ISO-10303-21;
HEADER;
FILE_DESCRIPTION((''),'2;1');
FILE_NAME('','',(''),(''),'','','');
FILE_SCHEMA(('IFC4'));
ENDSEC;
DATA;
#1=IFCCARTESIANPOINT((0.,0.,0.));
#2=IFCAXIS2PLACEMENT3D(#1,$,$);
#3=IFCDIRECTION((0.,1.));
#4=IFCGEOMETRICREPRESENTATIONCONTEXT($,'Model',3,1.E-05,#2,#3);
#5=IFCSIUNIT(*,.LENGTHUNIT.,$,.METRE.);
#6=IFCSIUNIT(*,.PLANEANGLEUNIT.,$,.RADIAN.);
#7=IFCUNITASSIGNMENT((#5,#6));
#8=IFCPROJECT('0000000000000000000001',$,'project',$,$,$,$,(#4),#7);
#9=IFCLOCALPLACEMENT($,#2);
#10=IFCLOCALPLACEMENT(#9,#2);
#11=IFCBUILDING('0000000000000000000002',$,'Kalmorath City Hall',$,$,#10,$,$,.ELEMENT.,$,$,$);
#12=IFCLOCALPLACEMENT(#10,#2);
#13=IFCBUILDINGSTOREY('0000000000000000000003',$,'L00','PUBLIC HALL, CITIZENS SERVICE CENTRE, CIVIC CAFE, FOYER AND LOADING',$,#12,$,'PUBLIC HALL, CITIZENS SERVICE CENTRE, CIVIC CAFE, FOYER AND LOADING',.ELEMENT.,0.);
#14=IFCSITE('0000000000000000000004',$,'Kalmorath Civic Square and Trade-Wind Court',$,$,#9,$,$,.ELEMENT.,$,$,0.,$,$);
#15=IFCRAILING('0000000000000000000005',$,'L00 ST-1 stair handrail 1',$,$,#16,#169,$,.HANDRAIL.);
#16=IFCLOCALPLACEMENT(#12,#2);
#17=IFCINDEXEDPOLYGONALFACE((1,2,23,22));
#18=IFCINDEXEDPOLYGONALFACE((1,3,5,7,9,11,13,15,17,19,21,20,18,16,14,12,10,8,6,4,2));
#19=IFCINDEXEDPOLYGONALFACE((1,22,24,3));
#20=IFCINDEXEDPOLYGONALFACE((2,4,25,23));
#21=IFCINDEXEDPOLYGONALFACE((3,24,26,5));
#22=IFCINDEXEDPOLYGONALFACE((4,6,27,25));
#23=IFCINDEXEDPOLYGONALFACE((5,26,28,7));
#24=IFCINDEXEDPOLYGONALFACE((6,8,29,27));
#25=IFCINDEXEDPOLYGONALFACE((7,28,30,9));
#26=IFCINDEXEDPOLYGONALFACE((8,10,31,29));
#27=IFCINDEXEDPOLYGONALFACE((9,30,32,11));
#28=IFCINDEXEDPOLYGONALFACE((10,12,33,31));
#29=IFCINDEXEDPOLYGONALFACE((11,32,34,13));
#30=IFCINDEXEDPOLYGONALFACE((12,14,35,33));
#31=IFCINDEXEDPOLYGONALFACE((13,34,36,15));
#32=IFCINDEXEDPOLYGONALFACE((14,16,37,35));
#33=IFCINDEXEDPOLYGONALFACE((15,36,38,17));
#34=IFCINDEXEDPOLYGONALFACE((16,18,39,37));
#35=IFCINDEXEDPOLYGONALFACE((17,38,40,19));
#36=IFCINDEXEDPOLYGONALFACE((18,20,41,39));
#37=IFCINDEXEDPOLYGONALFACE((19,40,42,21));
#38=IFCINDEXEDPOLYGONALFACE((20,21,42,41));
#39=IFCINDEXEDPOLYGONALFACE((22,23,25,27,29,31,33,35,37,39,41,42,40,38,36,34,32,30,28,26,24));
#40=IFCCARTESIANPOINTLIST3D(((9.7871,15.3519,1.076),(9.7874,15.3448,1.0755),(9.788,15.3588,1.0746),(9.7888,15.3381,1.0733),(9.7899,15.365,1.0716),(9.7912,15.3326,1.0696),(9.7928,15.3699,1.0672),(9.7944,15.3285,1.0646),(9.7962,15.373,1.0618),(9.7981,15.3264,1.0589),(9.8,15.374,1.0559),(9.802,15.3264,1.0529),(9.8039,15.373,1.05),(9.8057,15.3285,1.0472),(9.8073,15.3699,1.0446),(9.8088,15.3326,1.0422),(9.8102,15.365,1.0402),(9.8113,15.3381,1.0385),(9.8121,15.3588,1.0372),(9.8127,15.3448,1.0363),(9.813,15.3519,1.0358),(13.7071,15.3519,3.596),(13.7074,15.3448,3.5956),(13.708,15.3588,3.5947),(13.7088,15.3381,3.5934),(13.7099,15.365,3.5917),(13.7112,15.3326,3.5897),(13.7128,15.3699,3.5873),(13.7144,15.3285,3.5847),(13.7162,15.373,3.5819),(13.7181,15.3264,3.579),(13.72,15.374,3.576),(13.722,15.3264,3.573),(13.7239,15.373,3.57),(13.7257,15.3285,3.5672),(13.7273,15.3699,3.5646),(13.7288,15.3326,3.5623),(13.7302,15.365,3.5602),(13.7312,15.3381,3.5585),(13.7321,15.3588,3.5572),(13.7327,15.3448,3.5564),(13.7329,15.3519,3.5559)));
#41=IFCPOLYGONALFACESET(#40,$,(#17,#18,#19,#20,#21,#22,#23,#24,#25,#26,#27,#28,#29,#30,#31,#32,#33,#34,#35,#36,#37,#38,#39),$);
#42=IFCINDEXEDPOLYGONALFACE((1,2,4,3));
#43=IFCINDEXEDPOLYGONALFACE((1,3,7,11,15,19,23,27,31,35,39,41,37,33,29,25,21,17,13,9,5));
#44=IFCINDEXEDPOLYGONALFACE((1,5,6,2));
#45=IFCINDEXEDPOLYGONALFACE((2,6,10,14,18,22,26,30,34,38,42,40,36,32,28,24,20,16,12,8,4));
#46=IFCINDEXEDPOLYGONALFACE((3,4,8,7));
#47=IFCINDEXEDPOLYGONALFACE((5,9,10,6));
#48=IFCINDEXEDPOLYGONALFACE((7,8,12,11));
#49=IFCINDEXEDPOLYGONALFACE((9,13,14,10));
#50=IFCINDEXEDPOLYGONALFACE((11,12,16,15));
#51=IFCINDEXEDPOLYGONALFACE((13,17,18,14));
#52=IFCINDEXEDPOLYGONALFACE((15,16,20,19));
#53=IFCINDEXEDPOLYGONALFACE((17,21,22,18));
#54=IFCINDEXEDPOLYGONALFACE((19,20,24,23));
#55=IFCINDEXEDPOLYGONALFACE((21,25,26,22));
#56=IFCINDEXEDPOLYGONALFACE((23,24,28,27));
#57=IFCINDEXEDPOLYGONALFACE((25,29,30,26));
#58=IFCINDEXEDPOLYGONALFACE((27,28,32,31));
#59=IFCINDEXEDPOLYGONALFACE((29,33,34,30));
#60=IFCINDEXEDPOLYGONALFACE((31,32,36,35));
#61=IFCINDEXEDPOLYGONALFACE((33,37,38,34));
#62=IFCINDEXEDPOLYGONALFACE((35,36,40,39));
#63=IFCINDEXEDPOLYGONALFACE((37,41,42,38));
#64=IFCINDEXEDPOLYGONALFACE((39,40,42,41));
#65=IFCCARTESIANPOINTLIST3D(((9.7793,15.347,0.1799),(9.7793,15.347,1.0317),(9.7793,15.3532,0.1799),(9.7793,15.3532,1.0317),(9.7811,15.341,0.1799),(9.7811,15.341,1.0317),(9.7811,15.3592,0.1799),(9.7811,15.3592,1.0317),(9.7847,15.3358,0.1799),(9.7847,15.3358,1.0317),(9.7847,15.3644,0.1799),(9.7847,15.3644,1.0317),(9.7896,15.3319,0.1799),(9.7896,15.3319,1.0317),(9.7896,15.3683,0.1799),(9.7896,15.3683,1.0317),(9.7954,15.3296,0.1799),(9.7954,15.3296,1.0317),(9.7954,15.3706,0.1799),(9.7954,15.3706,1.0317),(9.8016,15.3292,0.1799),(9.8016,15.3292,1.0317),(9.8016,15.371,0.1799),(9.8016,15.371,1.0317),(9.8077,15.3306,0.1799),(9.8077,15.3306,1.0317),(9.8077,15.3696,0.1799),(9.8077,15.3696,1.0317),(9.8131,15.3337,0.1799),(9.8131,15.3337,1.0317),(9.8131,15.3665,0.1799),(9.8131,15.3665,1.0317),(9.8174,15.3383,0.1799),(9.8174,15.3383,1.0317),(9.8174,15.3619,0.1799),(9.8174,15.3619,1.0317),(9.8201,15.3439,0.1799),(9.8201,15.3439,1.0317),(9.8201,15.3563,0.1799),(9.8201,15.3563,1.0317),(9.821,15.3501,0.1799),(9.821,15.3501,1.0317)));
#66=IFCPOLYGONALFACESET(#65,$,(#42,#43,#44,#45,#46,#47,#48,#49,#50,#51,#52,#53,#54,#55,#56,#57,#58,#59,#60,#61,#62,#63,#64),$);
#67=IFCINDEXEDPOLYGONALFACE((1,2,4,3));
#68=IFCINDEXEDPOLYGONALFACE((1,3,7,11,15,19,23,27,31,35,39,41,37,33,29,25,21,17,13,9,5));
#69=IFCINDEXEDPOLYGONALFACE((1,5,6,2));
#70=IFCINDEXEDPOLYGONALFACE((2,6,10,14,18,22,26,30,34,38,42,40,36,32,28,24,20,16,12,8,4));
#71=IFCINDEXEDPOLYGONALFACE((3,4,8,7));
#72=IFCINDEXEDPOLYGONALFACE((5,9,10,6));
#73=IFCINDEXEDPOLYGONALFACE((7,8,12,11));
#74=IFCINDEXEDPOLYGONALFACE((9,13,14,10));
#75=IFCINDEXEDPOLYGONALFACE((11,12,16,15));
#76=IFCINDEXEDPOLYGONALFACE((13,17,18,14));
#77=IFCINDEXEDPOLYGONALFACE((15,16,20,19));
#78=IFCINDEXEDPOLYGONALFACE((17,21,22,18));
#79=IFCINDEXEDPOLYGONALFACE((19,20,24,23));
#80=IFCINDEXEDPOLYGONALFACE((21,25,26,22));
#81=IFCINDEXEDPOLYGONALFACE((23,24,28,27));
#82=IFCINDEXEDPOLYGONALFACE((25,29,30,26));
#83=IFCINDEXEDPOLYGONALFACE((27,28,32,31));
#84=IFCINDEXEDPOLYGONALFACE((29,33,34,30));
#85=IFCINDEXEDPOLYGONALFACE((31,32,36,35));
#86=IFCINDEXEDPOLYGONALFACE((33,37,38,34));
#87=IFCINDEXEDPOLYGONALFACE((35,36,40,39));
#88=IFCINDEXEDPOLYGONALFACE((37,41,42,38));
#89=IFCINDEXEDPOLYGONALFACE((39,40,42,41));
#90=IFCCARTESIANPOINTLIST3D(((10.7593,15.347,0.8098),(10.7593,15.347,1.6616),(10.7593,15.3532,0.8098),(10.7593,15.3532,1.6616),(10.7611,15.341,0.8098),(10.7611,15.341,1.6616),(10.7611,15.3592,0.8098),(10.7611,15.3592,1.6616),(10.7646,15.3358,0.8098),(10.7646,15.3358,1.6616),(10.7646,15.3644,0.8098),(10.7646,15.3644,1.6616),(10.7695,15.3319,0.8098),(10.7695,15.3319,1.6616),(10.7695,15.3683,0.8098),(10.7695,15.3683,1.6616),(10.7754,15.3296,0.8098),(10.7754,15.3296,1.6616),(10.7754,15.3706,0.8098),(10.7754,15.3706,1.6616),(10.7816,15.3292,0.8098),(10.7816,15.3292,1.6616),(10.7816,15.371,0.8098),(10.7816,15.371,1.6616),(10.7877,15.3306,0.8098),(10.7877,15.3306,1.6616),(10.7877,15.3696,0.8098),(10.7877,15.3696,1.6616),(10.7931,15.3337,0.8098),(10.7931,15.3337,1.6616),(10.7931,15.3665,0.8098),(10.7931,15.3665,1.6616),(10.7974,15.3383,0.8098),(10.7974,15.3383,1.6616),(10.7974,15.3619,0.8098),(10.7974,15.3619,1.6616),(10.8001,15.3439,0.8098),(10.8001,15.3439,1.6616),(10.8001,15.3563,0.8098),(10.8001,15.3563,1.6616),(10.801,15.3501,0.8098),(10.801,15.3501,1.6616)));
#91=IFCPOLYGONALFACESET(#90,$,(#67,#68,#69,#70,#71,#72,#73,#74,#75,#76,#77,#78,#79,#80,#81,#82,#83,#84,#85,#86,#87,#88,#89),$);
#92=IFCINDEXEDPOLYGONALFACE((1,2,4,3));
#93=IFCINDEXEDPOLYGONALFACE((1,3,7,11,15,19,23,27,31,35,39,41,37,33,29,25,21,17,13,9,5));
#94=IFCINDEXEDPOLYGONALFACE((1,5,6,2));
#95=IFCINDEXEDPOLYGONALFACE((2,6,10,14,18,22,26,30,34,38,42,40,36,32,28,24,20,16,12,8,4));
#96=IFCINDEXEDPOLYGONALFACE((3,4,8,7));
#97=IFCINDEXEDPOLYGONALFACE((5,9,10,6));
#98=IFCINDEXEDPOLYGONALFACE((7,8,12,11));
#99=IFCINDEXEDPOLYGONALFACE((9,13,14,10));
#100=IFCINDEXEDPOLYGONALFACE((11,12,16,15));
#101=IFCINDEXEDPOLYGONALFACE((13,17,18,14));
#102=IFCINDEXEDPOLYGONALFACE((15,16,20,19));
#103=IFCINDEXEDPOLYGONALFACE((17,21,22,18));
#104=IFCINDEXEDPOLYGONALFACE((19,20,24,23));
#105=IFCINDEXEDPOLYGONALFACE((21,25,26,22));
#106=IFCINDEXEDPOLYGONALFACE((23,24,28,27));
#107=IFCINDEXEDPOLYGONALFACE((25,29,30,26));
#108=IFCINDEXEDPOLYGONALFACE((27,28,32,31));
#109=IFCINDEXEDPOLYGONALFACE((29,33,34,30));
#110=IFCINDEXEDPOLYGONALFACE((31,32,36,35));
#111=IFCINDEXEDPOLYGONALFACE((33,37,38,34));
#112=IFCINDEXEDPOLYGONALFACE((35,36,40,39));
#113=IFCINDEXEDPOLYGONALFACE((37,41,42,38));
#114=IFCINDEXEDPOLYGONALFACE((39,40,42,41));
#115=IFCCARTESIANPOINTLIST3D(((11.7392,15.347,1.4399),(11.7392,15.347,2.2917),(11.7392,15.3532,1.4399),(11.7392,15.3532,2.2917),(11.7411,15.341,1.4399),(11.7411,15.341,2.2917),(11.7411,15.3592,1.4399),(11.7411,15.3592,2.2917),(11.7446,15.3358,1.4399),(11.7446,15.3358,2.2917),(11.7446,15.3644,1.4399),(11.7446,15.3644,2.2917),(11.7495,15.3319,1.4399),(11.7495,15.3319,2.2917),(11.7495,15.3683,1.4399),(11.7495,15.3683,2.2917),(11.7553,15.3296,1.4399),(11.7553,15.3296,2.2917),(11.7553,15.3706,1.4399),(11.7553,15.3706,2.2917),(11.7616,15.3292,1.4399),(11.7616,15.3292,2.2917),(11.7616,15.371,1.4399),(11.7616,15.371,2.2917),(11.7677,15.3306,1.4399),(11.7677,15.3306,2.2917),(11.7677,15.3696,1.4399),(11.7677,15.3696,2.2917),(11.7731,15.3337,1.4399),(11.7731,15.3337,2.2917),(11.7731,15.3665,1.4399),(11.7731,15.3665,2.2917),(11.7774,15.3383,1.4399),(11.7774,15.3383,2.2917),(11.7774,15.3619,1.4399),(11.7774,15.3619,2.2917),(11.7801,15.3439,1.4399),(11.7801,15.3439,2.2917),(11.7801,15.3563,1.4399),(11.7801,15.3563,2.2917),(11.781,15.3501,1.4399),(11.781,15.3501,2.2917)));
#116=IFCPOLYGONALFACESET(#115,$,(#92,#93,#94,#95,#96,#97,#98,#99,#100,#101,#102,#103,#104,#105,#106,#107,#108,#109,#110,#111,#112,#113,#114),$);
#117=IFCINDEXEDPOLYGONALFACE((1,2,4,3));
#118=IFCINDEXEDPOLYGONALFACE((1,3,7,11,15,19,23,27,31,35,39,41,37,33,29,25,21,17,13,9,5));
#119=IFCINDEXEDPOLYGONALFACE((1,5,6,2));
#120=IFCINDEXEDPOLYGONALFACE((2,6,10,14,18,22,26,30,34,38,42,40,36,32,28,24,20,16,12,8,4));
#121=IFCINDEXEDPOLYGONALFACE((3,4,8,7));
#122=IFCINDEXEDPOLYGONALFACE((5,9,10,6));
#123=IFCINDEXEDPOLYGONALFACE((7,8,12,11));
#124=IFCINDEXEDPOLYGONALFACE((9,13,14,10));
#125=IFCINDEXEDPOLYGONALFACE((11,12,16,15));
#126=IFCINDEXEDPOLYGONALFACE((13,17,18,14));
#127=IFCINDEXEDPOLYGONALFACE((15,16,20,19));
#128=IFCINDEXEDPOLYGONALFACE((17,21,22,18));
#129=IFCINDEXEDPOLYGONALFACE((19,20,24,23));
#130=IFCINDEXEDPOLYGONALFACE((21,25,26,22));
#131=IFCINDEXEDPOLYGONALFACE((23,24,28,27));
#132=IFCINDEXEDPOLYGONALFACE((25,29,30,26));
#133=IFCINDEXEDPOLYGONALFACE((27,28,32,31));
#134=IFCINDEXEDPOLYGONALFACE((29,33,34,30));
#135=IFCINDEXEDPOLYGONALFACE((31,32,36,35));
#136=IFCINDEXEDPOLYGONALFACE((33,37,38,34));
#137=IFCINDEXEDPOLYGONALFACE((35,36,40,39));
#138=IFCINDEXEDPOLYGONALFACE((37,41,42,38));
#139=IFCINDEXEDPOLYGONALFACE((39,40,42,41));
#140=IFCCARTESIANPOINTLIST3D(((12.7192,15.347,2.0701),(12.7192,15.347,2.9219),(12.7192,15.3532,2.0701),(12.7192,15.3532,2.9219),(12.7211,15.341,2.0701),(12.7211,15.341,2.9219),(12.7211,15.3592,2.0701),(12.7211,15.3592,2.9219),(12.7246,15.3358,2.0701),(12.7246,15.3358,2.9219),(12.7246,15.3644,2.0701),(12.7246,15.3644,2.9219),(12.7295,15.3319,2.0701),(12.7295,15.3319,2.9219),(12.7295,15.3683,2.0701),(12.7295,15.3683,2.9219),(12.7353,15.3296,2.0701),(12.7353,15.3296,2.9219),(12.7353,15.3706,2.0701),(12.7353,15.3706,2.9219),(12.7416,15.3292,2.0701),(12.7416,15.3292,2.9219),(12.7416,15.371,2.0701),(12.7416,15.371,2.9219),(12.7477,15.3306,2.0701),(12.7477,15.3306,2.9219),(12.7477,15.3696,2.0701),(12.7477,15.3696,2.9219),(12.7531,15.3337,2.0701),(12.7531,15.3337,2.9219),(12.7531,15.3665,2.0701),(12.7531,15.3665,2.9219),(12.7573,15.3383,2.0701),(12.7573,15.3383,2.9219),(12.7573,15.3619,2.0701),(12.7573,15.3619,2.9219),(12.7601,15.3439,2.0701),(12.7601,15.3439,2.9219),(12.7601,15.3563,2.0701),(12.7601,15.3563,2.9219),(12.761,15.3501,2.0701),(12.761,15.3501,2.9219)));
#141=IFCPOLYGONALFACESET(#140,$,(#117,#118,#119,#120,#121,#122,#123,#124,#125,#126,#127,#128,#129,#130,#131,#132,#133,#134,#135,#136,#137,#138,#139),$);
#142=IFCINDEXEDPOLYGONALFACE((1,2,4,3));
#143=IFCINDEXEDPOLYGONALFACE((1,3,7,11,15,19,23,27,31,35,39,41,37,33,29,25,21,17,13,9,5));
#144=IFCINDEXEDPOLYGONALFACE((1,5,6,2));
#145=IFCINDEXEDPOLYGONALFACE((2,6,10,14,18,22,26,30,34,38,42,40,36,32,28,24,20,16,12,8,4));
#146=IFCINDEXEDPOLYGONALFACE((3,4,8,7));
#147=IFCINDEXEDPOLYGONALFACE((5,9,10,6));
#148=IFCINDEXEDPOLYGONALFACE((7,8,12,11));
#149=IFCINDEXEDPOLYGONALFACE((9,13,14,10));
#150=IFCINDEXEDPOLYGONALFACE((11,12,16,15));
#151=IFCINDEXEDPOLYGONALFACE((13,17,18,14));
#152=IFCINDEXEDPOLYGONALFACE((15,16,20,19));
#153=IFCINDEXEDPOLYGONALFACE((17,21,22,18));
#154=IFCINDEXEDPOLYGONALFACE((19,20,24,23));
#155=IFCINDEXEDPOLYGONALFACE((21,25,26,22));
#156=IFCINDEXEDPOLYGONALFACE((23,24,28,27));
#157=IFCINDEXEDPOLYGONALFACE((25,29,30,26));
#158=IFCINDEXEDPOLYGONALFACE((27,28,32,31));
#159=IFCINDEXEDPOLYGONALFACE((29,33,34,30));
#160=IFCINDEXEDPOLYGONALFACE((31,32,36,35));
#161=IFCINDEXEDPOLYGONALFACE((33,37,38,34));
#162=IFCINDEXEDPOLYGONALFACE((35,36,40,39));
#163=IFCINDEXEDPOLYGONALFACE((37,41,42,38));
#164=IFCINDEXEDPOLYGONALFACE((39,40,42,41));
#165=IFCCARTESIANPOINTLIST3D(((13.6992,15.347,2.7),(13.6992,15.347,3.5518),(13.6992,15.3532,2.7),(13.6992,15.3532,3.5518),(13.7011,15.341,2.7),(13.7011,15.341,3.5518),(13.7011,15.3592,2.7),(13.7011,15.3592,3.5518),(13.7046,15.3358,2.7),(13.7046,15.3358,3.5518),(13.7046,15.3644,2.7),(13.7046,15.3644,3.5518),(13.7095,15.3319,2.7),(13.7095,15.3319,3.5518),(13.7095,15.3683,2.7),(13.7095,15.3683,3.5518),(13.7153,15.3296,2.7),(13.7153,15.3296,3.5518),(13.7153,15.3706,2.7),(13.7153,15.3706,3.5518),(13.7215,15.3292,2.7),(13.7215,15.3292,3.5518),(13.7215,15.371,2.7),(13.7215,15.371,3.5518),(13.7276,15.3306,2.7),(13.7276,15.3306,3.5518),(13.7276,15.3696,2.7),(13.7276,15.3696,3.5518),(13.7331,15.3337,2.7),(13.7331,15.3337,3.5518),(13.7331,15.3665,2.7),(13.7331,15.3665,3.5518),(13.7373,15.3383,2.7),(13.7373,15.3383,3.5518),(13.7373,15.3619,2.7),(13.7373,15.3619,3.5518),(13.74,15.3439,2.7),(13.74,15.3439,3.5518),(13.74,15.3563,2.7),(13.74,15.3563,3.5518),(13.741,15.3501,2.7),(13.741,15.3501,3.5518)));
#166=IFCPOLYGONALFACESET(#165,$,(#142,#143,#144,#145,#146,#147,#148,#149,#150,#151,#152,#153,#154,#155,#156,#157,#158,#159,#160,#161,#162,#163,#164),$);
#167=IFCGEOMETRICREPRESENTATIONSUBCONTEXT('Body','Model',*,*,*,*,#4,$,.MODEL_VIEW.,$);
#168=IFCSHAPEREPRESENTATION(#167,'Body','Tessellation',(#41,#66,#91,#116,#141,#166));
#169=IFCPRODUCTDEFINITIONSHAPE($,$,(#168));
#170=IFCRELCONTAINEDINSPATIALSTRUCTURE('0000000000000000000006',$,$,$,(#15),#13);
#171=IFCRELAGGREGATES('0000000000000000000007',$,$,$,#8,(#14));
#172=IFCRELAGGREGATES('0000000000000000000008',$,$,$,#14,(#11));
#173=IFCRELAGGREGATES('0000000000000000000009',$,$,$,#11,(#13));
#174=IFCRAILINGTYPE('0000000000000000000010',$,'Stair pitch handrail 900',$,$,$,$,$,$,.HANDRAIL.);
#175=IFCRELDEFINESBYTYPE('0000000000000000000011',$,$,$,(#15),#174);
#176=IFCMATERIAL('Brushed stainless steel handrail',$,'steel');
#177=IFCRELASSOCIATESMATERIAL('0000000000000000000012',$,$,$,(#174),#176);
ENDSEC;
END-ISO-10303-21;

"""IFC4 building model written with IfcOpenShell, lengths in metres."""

from ifc_helpers import new_model, si_unit, direction, frame, origin, origin_2d, place, context, subcontext, project, spatial, circle, extrude, material, type_object, element, save


model = new_model("IFC4")

# Units and contexts
model_context = context("Model", 3, precision=1e-05, world=origin(), true_north=direction((0.0, 1.0)))
body_context = subcontext(model_context, "Body", "Model", "MODEL_VIEW")
ifc_project = project(units=[si_unit("LENGTHUNIT", "METRE"), si_unit("PLANEANGLEUNIT", "RADIAN")], contexts=[model_context])

# Site, building, storey
site_placement = place(None, origin())
site = spatial("IfcSite", under=ifc_project, at=site_placement, Name="Kalmorath Civic Square and Trade-Wind Court", CompositionType="ELEMENT", RefElevation=0.0)
building_placement = place(site_placement, origin())
building = spatial("IfcBuilding", under=site, at=building_placement, Name="Kalmorath City Hall", CompositionType="ELEMENT")
storey_placement = place(building_placement, origin())
storey = spatial("IfcBuildingStorey", under=building, at=storey_placement, Name="L00", Description="PUBLIC HALL, CITIZENS SERVICE CENTRE, CIVIC CAFE, FOYER AND LOADING", LongName="PUBLIC HALL, CITIZENS SERVICE CENTRE, CIVIC CAFE, FOYER AND LOADING", CompositionType="ELEMENT", Elevation=0.0)

# Railing
ifc_material_1 = material(Name="Brushed stainless steel handrail", Category="steel")
railing_type_1 = type_object("IfcRailingType", Name="Stair pitch handrail 900", PredefinedType="HANDRAIL", material=ifc_material_1)
railing_1_placement = place(storey_placement, frame((9.8, 15.3501, 0.1799)))
element("IfcRailing", 1, at=railing_1_placement, inside=storey, type_object=railing_type_1, Name="L00 ST-1 stair handrail 1", PredefinedType="HANDRAIL", context=body_context, shape_type="SweptSolid", body=[
    extrude(circle(Radius=0.0239, at=origin_2d()), frame((0.0, 0.0, 0.876), z_axis=(0.841172, 0.0, 0.540768), x_axis=(0.0, 1.0, 0.0)), (0.0, 0.0, 1.0), 4.6602),
    extrude(circle(Radius=0.021, at=origin_2d()), origin(), (0.0, 0.0, 1.0), 0.8518),
    extrude(circle(Radius=0.021, at=origin_2d()), frame((0.98, 0.0, 0.6299)), (0.0, 0.0, 1.0), 0.8518),
    extrude(circle(Radius=0.021, at=origin_2d()), frame((1.96, 0.0, 1.26)), (0.0, 0.0, 1.0), 0.8518),
    extrude(circle(Radius=0.021, at=origin_2d()), frame((2.9399, 0.0, 1.8901)), (0.0, 0.0, 1.0), 0.8518),
    extrude(circle(Radius=0.021, at=origin_2d()), frame((3.9199, 0.0, 2.52)), (0.0, 0.0, 1.0), 0.8518),
])

save(model, "model.ifc")
